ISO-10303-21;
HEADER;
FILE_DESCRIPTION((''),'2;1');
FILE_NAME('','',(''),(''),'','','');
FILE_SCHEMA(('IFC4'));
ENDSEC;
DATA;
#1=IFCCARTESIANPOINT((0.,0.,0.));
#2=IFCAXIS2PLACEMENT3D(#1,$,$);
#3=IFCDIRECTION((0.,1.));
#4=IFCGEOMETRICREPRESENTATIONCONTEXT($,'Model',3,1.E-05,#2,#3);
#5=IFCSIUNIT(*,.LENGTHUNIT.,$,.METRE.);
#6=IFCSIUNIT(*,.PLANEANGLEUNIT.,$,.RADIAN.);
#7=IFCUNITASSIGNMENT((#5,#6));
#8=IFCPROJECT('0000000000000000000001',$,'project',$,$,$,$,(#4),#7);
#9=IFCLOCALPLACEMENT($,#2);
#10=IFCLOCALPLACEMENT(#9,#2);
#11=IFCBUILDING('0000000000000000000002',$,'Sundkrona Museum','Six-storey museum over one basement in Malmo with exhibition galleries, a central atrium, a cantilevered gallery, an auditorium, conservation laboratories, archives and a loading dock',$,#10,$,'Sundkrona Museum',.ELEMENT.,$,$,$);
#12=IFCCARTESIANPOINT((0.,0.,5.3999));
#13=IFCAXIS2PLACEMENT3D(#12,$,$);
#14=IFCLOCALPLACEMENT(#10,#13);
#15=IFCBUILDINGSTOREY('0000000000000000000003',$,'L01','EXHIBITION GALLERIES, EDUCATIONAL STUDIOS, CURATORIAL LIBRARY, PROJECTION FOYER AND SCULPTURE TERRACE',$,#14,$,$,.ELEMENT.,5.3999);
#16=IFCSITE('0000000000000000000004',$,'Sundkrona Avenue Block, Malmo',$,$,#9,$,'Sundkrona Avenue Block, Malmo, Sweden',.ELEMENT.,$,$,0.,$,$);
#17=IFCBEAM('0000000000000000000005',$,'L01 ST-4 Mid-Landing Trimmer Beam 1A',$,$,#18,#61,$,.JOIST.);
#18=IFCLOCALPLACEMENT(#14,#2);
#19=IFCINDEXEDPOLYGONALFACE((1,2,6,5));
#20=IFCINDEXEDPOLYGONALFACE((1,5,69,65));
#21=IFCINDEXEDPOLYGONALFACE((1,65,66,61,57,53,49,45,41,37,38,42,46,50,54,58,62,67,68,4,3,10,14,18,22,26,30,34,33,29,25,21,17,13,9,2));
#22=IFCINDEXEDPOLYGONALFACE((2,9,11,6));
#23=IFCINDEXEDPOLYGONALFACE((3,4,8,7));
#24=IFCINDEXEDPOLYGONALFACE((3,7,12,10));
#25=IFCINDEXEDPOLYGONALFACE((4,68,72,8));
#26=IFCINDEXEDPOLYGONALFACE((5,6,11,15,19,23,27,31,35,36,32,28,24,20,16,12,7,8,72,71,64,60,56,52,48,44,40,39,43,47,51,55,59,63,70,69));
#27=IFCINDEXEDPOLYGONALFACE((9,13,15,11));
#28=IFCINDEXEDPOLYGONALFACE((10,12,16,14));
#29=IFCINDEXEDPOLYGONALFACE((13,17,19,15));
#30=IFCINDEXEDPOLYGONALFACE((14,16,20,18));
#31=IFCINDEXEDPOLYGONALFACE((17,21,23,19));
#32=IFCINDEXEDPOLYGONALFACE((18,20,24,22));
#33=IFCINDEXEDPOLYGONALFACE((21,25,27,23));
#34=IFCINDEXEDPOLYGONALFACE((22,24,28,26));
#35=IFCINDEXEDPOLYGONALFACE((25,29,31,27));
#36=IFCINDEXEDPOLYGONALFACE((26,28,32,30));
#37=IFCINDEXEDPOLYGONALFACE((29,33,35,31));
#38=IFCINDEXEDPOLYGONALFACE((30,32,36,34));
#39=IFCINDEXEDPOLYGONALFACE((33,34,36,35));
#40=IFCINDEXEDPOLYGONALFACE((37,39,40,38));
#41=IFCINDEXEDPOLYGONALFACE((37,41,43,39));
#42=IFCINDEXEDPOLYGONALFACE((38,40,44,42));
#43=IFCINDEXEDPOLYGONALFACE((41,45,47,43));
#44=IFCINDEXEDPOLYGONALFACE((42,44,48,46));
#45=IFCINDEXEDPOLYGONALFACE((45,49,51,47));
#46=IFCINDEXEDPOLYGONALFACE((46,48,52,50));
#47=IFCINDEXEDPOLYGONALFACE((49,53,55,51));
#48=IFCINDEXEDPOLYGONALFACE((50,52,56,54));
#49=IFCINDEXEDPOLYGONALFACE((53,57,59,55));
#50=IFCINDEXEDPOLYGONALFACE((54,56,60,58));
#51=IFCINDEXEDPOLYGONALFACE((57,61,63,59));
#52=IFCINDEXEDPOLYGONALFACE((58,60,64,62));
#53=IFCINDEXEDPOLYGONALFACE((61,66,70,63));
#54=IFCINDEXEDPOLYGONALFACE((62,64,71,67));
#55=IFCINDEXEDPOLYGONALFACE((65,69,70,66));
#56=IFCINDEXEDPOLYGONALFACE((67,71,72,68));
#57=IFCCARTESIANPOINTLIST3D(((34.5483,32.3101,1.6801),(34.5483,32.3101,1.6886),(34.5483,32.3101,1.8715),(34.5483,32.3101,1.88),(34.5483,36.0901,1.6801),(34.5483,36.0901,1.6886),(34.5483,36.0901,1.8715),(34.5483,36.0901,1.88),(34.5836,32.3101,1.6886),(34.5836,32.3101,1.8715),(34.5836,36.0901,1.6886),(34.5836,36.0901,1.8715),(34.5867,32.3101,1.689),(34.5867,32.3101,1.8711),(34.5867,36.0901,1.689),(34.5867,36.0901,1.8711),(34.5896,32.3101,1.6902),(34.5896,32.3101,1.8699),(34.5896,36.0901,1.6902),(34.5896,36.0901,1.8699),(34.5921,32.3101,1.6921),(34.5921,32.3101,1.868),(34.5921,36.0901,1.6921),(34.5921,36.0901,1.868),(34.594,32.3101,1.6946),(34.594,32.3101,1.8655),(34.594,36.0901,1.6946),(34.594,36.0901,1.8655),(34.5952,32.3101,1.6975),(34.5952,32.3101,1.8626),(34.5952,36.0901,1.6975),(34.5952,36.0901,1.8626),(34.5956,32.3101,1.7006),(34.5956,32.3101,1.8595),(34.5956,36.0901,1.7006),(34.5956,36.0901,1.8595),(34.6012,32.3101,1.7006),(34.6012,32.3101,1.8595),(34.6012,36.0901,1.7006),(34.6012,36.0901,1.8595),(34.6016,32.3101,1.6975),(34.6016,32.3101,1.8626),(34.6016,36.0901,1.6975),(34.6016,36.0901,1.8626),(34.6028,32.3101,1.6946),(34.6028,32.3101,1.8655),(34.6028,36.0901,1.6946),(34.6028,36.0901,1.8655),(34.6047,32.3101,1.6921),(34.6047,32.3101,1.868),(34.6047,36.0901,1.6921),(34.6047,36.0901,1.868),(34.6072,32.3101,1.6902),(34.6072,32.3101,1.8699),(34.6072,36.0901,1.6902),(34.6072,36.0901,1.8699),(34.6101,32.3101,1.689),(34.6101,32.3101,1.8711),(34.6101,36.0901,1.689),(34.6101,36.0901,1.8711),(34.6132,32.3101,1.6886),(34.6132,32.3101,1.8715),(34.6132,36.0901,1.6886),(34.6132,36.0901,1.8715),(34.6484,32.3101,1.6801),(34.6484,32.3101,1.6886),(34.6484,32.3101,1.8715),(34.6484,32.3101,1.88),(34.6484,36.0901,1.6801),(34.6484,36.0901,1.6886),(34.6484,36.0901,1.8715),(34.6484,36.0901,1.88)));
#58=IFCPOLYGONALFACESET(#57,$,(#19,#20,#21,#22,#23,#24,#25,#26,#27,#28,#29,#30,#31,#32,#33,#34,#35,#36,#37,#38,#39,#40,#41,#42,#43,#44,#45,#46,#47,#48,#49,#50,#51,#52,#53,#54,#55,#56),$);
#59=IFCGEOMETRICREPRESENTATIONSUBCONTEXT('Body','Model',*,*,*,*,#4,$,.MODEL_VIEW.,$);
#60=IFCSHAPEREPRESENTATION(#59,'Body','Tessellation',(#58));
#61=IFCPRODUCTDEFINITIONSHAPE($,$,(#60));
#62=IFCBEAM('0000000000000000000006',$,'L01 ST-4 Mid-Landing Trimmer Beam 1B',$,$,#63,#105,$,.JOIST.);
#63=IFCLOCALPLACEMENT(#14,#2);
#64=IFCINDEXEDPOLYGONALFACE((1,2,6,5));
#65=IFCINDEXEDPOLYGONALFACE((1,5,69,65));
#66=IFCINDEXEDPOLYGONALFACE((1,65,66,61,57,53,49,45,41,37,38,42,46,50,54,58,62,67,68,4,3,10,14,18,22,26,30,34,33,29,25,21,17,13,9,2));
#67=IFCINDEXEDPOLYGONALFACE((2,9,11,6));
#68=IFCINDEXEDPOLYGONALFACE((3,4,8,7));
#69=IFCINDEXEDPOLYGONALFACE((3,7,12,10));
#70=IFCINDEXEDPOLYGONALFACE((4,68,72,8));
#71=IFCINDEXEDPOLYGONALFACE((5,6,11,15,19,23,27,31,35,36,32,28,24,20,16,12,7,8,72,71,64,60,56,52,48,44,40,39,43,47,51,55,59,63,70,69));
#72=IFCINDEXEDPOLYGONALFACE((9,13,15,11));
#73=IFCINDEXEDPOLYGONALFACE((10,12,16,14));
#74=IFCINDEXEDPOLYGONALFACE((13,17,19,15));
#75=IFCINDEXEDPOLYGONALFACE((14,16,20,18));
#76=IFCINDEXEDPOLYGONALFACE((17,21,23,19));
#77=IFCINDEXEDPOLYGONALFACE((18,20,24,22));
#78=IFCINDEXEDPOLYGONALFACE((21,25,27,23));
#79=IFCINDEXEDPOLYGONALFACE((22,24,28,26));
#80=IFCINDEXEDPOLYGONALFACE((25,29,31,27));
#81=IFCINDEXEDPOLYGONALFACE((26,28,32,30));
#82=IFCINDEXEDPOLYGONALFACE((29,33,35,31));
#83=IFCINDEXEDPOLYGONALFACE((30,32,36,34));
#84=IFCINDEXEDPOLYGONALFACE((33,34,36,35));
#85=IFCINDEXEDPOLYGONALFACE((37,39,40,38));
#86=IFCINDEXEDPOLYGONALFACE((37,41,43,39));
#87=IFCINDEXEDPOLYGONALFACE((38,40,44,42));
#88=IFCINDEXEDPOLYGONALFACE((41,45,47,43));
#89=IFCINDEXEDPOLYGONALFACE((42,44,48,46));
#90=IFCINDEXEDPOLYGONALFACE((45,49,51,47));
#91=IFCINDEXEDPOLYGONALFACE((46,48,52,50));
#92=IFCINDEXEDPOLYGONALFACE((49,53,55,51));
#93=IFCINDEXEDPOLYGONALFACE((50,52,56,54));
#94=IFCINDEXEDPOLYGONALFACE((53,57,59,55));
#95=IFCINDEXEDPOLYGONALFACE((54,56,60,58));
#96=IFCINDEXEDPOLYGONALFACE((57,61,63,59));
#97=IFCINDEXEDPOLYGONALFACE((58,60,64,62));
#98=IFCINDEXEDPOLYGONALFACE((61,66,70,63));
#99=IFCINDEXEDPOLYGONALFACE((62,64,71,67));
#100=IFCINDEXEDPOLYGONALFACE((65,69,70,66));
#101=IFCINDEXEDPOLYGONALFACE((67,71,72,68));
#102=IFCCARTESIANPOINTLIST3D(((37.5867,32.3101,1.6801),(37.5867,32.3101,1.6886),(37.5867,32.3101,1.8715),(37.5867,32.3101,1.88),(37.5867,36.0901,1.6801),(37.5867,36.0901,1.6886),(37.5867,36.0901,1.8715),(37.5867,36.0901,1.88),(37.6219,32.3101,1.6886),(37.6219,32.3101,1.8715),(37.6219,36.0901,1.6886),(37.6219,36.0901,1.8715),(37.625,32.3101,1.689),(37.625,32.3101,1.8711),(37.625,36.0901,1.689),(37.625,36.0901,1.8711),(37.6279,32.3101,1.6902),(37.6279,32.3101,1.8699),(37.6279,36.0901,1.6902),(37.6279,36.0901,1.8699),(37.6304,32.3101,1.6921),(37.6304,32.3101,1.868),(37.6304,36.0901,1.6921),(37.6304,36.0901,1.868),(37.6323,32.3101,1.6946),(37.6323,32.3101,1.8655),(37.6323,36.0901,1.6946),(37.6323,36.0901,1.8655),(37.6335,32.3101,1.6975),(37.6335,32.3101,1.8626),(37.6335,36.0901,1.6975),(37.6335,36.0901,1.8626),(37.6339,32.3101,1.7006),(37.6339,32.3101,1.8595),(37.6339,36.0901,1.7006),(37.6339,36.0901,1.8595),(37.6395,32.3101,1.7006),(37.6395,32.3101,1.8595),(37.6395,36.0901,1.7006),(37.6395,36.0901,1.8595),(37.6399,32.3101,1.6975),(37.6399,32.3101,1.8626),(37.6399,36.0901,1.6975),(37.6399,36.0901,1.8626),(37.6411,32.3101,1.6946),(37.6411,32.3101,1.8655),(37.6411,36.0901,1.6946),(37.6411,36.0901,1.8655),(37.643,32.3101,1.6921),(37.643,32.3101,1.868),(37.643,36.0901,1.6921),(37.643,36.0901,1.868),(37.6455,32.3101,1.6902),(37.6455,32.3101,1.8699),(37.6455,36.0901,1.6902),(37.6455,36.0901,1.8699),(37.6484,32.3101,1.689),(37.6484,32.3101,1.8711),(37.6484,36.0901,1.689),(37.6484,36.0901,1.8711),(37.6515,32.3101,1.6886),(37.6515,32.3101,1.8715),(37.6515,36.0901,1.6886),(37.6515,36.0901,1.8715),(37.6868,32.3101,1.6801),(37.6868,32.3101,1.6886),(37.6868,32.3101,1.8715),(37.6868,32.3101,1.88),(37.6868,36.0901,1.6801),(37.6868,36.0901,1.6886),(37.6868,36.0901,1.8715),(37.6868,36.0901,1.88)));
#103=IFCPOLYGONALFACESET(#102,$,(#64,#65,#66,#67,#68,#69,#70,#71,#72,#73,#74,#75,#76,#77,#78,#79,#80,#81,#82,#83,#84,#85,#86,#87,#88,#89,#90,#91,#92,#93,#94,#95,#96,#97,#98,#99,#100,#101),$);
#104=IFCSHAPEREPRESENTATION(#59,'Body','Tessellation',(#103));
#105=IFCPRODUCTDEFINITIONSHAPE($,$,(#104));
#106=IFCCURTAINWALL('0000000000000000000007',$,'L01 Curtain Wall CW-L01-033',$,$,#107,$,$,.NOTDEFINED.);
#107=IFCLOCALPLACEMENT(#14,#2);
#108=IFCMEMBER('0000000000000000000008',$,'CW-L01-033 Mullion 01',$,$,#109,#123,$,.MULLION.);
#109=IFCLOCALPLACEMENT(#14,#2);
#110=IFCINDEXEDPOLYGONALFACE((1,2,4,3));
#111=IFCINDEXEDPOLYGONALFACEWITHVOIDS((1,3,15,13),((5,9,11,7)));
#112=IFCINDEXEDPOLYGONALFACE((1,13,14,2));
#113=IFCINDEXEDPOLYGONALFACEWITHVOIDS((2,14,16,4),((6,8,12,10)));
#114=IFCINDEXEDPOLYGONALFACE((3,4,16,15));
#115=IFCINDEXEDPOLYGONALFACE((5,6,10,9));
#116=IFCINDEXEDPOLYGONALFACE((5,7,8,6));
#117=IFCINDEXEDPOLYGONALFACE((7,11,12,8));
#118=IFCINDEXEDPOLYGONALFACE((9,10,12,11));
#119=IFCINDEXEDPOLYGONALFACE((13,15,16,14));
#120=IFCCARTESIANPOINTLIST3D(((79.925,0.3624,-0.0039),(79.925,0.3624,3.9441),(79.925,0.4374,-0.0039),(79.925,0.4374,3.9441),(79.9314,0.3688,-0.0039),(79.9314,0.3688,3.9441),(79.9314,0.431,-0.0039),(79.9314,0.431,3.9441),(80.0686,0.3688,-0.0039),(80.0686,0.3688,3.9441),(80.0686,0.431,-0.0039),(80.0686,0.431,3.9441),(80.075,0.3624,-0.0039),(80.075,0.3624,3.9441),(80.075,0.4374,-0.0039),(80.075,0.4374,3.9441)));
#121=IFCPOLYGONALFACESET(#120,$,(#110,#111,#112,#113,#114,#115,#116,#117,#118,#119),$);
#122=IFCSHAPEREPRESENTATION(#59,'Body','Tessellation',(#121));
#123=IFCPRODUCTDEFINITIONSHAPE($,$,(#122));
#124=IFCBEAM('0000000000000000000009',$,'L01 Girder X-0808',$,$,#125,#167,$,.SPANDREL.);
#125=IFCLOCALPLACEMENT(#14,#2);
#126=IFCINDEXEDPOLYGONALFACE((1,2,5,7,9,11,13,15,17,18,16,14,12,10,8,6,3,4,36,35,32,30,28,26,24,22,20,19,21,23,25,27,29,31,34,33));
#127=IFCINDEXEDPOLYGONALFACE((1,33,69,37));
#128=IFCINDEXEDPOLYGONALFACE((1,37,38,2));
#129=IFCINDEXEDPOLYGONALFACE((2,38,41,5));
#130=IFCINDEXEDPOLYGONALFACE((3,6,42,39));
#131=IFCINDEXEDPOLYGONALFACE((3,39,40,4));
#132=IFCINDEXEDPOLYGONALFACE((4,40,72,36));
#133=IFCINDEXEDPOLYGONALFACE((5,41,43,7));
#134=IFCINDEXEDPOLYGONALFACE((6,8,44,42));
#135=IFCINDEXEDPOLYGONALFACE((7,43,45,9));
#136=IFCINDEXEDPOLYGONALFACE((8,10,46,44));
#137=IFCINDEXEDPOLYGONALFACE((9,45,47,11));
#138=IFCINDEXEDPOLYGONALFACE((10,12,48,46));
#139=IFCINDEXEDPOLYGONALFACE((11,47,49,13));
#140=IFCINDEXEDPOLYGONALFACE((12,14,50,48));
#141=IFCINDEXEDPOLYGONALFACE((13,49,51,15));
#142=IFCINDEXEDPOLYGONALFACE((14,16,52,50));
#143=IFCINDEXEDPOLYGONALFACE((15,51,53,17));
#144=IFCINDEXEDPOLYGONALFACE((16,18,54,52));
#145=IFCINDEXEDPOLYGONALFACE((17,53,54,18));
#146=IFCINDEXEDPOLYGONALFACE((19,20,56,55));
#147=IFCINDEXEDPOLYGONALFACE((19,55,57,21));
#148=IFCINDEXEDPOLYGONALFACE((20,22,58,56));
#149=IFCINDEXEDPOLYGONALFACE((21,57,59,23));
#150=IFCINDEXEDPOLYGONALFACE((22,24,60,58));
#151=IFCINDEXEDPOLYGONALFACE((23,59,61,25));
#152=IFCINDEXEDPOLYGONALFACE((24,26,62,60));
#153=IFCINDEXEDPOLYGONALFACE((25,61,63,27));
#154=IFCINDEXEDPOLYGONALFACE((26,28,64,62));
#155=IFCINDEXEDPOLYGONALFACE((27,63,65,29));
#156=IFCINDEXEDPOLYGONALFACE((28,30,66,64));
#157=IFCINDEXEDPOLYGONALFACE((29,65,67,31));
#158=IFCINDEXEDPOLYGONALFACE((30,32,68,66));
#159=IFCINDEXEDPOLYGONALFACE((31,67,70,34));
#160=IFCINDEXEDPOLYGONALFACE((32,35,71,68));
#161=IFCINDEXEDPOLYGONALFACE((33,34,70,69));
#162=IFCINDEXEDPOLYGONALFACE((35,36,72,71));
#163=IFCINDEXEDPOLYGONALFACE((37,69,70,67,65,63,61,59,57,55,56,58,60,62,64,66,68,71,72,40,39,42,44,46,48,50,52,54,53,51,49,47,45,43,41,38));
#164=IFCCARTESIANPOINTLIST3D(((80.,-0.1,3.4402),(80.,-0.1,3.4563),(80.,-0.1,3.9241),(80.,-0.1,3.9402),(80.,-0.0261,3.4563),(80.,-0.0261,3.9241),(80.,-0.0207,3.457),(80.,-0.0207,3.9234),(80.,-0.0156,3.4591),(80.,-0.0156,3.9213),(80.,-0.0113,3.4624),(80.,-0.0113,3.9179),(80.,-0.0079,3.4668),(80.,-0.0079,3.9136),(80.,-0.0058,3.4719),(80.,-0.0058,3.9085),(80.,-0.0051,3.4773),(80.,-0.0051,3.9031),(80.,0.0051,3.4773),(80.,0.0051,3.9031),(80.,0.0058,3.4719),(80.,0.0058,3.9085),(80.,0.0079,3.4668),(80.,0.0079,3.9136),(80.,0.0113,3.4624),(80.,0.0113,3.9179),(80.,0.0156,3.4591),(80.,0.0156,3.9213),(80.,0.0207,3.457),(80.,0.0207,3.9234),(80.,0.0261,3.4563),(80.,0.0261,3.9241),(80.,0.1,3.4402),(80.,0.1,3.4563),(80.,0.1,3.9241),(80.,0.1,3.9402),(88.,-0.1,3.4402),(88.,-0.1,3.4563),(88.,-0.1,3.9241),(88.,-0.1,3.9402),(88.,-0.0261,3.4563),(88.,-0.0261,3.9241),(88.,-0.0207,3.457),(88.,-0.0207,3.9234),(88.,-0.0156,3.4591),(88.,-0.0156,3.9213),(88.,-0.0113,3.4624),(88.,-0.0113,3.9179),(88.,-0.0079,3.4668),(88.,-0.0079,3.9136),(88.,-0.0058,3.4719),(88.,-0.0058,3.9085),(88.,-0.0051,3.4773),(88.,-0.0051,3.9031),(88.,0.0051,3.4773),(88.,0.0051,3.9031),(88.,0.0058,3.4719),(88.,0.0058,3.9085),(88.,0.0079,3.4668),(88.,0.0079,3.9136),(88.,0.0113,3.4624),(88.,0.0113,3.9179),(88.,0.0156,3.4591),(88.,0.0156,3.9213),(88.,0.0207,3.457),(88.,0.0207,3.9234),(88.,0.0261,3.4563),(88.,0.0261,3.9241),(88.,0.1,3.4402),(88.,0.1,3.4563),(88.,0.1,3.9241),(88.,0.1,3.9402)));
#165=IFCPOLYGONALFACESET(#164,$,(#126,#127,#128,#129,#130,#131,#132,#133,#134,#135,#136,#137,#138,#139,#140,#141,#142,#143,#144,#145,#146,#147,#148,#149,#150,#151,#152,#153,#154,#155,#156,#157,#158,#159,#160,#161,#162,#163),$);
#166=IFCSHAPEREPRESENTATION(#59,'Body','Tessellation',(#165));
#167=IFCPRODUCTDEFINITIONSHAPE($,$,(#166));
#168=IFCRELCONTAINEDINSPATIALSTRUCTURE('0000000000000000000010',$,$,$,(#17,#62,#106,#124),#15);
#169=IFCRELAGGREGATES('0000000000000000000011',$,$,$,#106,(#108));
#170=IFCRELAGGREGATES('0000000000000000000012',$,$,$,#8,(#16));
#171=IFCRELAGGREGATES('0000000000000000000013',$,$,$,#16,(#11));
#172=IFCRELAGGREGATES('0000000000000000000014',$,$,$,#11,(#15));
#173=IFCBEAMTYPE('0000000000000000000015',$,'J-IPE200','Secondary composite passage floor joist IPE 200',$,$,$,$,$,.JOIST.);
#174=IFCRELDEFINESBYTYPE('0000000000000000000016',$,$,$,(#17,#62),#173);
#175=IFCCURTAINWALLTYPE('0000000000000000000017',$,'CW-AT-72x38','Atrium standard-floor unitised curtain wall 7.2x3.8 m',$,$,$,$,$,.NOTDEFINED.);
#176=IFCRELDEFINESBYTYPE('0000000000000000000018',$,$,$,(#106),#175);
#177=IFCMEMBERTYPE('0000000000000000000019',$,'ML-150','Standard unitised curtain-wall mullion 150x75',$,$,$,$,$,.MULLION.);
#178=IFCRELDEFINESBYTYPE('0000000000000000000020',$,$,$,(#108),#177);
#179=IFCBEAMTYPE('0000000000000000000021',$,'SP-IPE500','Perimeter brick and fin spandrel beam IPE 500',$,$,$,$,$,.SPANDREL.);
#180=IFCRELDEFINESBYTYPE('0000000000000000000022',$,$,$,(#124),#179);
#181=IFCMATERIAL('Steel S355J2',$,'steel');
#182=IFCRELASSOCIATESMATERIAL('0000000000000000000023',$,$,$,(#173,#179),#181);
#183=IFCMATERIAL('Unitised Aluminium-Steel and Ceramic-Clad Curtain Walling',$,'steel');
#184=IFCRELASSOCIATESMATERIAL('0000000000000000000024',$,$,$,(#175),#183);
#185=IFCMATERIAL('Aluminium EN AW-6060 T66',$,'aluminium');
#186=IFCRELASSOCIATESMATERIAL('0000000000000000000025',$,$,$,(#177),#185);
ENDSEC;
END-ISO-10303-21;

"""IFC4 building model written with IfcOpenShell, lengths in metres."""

from ifc_helpers import new_model, si_unit, direction, frame, origin, origin_2d, place, context, subcontext, project, spatial, hollow_rectangle, i_section, extrude, material, material_profile, profile_set, type_object, element, aggregate, save


model = new_model("IFC4")

# Units and contexts
model_context = context("Model", 3, precision=1e-05, world=origin(), true_north=direction((0.0, 1.0)))
body_context = subcontext(model_context, "Body", "Model", "MODEL_VIEW")
ifc_project = project(units=[si_unit("LENGTHUNIT", "METRE"), si_unit("PLANEANGLEUNIT", "RADIAN")], contexts=[model_context])

# Site, building, storey
site_placement = place(None, origin())
site = spatial("IfcSite", under=ifc_project, at=site_placement, Name="Sundkrona Avenue Block, Malmo", LongName="Sundkrona Avenue Block, Malmo, Sweden", CompositionType="ELEMENT", RefElevation=0.0)
building_placement = place(site_placement, origin())
building = spatial("IfcBuilding", under=site, at=building_placement, Name="Sundkrona Museum", Description="Six-storey museum over one basement in Malmo with exhibition galleries, a central atrium, a cantilevered gallery, an auditorium, conservation laboratories, archives and a loading dock", LongName="Sundkrona Museum", CompositionType="ELEMENT")
storey_placement = place(building_placement, frame((0.0, 0.0, 5.3999)))
storey = spatial("IfcBuildingStorey", under=building, at=storey_placement, Name="L01", Description="EXHIBITION GALLERIES, EDUCATIONAL STUDIOS, CURATORIAL LIBRARY, PROJECTION FOYER AND SCULPTURE TERRACE", CompositionType="ELEMENT", Elevation=5.3999)

# Shared definitions
ifc_material_1 = material(Name="Steel S355J2", Category="steel")

# Beams
ifc_material_profile_1 = material_profile(ifc_material_1, i_section(OverallWidth=0.1001, OverallDepth=0.2, WebThickness=0.0056, FlangeThickness=0.0085, FilletRadius=0.012, at=origin_2d()), Name="IPE 200")
ifc_profile_set_1 = profile_set([ifc_material_profile_1], Name="Steel S355J2")
beam_type_1 = type_object("IfcBeamType", Name="J-IPE200", Description="Secondary composite passage floor joist IPE 200", PredefinedType="JOIST", material=ifc_profile_set_1)
for number, where, z_axis, x_axis, name in (
    (1, (34.5984, 32.3101, 1.78), (0.0, 1.0, 0.0), (-1.0, 0.0, 0.0), "L01 ST-4 Mid-Landing Trimmer Beam 1A"),
    (2, (37.6367, 32.3101, 1.78), (0.0, 1.0, 0.0), (-1.0, 0.0, 0.0), "L01 ST-4 Mid-Landing Trimmer Beam 1B"),
):
    element("IfcBeam", number, at=place(storey_placement, frame(where, z_axis=z_axis, x_axis=x_axis)), inside=storey, type_object=beam_type_1, Name=name, PredefinedType="JOIST", context=body_context, shape_type="SweptSolid", body=[
        extrude(i_section(OverallWidth=0.1001, OverallDepth=0.2, WebThickness=0.0056, FlangeThickness=0.0085, FilletRadius=0.012, at=origin_2d()), origin(), (0.0, 0.0, 1.0), 3.78),
    ])

# Curtain wall, member
ifc_material_2 = material(Name="Unitised Aluminium-Steel and Ceramic-Clad Curtain Walling", Category="steel")
curtain_wall_type = type_object("IfcCurtainWallType", Name="CW-AT-72x38", Description="Atrium standard-floor unitised curtain wall 7.2x3.8 m", PredefinedType="NOTDEFINED", material=ifc_material_2)
curtain_wall_placement = place(storey_placement, origin())
curtain_wall = element("IfcCurtainWall", 3, at=curtain_wall_placement, inside=storey, type_object=curtain_wall_type, Name="L01 Curtain Wall CW-L01-033", PredefinedType="NOTDEFINED")
ifc_material_3 = material(Name="Aluminium EN AW-6060 T66", Category="aluminium")
ifc_material_profile_2 = material_profile(ifc_material_3, hollow_rectangle(XDim=0.075, YDim=0.1499, WallThickness=0.0063, at=origin_2d()), Name="RHS 150x75x6.3")
ifc_profile_set_2 = profile_set([ifc_material_profile_2], Name="Aluminium EN AW-6060 T66")
member_type_1 = type_object("IfcMemberType", Name="ML-150", Description="Standard unitised curtain-wall mullion 150x75", PredefinedType="MULLION", material=ifc_profile_set_2)
member_1_placement = place(storey_placement, frame((80.0, 0.3999, -0.0039), z_axis=(0.0, 0.0, 1.0), x_axis=(0.0, 1.0, 0.0)))
member_1 = element("IfcMember", 4, at=member_1_placement, type_object=member_type_1, Name="CW-L01-033 Mullion 01", PredefinedType="MULLION", context=body_context, shape_type="SweptSolid", body=[
    extrude(hollow_rectangle(XDim=0.075, YDim=0.1499, WallThickness=0.0063, at=origin_2d()), origin(), (0.0, 0.0, 1.0), 3.948),
])

# Beam
ifc_material_profile_3 = material_profile(ifc_material_1, i_section(OverallWidth=0.2, OverallDepth=0.5, WebThickness=0.0103, FlangeThickness=0.0161, FilletRadius=0.021, at=origin_2d()), Name="IPE 500")
ifc_profile_set_3 = profile_set([ifc_material_profile_3], Name="Steel S355J2")
beam_type_2 = type_object("IfcBeamType", Name="SP-IPE500", Description="Perimeter brick and fin spandrel beam IPE 500", PredefinedType="SPANDREL", material=ifc_profile_set_3)
for number, where, z_axis, x_axis, name in (
    (5, (80.0, 0.0, 3.6902), (1.0, 0.0, 0.0), (0.0, 1.0, 0.0), "L01 Girder X-0808"),
):
    element("IfcBeam", number, at=place(storey_placement, frame(where, z_axis=z_axis, x_axis=x_axis)), inside=storey, type_object=beam_type_2, Name=name, PredefinedType="SPANDREL", context=body_context, shape_type="SweptSolid", body=[
        extrude(i_section(OverallWidth=0.2, OverallDepth=0.5, WebThickness=0.0103, FlangeThickness=0.0161, FilletRadius=0.021, at=origin_2d()), origin(), (0.0, 0.0, 1.0), 8.0),
    ])

aggregate(curtain_wall, [member_1])

save(model, "model.ifc")
